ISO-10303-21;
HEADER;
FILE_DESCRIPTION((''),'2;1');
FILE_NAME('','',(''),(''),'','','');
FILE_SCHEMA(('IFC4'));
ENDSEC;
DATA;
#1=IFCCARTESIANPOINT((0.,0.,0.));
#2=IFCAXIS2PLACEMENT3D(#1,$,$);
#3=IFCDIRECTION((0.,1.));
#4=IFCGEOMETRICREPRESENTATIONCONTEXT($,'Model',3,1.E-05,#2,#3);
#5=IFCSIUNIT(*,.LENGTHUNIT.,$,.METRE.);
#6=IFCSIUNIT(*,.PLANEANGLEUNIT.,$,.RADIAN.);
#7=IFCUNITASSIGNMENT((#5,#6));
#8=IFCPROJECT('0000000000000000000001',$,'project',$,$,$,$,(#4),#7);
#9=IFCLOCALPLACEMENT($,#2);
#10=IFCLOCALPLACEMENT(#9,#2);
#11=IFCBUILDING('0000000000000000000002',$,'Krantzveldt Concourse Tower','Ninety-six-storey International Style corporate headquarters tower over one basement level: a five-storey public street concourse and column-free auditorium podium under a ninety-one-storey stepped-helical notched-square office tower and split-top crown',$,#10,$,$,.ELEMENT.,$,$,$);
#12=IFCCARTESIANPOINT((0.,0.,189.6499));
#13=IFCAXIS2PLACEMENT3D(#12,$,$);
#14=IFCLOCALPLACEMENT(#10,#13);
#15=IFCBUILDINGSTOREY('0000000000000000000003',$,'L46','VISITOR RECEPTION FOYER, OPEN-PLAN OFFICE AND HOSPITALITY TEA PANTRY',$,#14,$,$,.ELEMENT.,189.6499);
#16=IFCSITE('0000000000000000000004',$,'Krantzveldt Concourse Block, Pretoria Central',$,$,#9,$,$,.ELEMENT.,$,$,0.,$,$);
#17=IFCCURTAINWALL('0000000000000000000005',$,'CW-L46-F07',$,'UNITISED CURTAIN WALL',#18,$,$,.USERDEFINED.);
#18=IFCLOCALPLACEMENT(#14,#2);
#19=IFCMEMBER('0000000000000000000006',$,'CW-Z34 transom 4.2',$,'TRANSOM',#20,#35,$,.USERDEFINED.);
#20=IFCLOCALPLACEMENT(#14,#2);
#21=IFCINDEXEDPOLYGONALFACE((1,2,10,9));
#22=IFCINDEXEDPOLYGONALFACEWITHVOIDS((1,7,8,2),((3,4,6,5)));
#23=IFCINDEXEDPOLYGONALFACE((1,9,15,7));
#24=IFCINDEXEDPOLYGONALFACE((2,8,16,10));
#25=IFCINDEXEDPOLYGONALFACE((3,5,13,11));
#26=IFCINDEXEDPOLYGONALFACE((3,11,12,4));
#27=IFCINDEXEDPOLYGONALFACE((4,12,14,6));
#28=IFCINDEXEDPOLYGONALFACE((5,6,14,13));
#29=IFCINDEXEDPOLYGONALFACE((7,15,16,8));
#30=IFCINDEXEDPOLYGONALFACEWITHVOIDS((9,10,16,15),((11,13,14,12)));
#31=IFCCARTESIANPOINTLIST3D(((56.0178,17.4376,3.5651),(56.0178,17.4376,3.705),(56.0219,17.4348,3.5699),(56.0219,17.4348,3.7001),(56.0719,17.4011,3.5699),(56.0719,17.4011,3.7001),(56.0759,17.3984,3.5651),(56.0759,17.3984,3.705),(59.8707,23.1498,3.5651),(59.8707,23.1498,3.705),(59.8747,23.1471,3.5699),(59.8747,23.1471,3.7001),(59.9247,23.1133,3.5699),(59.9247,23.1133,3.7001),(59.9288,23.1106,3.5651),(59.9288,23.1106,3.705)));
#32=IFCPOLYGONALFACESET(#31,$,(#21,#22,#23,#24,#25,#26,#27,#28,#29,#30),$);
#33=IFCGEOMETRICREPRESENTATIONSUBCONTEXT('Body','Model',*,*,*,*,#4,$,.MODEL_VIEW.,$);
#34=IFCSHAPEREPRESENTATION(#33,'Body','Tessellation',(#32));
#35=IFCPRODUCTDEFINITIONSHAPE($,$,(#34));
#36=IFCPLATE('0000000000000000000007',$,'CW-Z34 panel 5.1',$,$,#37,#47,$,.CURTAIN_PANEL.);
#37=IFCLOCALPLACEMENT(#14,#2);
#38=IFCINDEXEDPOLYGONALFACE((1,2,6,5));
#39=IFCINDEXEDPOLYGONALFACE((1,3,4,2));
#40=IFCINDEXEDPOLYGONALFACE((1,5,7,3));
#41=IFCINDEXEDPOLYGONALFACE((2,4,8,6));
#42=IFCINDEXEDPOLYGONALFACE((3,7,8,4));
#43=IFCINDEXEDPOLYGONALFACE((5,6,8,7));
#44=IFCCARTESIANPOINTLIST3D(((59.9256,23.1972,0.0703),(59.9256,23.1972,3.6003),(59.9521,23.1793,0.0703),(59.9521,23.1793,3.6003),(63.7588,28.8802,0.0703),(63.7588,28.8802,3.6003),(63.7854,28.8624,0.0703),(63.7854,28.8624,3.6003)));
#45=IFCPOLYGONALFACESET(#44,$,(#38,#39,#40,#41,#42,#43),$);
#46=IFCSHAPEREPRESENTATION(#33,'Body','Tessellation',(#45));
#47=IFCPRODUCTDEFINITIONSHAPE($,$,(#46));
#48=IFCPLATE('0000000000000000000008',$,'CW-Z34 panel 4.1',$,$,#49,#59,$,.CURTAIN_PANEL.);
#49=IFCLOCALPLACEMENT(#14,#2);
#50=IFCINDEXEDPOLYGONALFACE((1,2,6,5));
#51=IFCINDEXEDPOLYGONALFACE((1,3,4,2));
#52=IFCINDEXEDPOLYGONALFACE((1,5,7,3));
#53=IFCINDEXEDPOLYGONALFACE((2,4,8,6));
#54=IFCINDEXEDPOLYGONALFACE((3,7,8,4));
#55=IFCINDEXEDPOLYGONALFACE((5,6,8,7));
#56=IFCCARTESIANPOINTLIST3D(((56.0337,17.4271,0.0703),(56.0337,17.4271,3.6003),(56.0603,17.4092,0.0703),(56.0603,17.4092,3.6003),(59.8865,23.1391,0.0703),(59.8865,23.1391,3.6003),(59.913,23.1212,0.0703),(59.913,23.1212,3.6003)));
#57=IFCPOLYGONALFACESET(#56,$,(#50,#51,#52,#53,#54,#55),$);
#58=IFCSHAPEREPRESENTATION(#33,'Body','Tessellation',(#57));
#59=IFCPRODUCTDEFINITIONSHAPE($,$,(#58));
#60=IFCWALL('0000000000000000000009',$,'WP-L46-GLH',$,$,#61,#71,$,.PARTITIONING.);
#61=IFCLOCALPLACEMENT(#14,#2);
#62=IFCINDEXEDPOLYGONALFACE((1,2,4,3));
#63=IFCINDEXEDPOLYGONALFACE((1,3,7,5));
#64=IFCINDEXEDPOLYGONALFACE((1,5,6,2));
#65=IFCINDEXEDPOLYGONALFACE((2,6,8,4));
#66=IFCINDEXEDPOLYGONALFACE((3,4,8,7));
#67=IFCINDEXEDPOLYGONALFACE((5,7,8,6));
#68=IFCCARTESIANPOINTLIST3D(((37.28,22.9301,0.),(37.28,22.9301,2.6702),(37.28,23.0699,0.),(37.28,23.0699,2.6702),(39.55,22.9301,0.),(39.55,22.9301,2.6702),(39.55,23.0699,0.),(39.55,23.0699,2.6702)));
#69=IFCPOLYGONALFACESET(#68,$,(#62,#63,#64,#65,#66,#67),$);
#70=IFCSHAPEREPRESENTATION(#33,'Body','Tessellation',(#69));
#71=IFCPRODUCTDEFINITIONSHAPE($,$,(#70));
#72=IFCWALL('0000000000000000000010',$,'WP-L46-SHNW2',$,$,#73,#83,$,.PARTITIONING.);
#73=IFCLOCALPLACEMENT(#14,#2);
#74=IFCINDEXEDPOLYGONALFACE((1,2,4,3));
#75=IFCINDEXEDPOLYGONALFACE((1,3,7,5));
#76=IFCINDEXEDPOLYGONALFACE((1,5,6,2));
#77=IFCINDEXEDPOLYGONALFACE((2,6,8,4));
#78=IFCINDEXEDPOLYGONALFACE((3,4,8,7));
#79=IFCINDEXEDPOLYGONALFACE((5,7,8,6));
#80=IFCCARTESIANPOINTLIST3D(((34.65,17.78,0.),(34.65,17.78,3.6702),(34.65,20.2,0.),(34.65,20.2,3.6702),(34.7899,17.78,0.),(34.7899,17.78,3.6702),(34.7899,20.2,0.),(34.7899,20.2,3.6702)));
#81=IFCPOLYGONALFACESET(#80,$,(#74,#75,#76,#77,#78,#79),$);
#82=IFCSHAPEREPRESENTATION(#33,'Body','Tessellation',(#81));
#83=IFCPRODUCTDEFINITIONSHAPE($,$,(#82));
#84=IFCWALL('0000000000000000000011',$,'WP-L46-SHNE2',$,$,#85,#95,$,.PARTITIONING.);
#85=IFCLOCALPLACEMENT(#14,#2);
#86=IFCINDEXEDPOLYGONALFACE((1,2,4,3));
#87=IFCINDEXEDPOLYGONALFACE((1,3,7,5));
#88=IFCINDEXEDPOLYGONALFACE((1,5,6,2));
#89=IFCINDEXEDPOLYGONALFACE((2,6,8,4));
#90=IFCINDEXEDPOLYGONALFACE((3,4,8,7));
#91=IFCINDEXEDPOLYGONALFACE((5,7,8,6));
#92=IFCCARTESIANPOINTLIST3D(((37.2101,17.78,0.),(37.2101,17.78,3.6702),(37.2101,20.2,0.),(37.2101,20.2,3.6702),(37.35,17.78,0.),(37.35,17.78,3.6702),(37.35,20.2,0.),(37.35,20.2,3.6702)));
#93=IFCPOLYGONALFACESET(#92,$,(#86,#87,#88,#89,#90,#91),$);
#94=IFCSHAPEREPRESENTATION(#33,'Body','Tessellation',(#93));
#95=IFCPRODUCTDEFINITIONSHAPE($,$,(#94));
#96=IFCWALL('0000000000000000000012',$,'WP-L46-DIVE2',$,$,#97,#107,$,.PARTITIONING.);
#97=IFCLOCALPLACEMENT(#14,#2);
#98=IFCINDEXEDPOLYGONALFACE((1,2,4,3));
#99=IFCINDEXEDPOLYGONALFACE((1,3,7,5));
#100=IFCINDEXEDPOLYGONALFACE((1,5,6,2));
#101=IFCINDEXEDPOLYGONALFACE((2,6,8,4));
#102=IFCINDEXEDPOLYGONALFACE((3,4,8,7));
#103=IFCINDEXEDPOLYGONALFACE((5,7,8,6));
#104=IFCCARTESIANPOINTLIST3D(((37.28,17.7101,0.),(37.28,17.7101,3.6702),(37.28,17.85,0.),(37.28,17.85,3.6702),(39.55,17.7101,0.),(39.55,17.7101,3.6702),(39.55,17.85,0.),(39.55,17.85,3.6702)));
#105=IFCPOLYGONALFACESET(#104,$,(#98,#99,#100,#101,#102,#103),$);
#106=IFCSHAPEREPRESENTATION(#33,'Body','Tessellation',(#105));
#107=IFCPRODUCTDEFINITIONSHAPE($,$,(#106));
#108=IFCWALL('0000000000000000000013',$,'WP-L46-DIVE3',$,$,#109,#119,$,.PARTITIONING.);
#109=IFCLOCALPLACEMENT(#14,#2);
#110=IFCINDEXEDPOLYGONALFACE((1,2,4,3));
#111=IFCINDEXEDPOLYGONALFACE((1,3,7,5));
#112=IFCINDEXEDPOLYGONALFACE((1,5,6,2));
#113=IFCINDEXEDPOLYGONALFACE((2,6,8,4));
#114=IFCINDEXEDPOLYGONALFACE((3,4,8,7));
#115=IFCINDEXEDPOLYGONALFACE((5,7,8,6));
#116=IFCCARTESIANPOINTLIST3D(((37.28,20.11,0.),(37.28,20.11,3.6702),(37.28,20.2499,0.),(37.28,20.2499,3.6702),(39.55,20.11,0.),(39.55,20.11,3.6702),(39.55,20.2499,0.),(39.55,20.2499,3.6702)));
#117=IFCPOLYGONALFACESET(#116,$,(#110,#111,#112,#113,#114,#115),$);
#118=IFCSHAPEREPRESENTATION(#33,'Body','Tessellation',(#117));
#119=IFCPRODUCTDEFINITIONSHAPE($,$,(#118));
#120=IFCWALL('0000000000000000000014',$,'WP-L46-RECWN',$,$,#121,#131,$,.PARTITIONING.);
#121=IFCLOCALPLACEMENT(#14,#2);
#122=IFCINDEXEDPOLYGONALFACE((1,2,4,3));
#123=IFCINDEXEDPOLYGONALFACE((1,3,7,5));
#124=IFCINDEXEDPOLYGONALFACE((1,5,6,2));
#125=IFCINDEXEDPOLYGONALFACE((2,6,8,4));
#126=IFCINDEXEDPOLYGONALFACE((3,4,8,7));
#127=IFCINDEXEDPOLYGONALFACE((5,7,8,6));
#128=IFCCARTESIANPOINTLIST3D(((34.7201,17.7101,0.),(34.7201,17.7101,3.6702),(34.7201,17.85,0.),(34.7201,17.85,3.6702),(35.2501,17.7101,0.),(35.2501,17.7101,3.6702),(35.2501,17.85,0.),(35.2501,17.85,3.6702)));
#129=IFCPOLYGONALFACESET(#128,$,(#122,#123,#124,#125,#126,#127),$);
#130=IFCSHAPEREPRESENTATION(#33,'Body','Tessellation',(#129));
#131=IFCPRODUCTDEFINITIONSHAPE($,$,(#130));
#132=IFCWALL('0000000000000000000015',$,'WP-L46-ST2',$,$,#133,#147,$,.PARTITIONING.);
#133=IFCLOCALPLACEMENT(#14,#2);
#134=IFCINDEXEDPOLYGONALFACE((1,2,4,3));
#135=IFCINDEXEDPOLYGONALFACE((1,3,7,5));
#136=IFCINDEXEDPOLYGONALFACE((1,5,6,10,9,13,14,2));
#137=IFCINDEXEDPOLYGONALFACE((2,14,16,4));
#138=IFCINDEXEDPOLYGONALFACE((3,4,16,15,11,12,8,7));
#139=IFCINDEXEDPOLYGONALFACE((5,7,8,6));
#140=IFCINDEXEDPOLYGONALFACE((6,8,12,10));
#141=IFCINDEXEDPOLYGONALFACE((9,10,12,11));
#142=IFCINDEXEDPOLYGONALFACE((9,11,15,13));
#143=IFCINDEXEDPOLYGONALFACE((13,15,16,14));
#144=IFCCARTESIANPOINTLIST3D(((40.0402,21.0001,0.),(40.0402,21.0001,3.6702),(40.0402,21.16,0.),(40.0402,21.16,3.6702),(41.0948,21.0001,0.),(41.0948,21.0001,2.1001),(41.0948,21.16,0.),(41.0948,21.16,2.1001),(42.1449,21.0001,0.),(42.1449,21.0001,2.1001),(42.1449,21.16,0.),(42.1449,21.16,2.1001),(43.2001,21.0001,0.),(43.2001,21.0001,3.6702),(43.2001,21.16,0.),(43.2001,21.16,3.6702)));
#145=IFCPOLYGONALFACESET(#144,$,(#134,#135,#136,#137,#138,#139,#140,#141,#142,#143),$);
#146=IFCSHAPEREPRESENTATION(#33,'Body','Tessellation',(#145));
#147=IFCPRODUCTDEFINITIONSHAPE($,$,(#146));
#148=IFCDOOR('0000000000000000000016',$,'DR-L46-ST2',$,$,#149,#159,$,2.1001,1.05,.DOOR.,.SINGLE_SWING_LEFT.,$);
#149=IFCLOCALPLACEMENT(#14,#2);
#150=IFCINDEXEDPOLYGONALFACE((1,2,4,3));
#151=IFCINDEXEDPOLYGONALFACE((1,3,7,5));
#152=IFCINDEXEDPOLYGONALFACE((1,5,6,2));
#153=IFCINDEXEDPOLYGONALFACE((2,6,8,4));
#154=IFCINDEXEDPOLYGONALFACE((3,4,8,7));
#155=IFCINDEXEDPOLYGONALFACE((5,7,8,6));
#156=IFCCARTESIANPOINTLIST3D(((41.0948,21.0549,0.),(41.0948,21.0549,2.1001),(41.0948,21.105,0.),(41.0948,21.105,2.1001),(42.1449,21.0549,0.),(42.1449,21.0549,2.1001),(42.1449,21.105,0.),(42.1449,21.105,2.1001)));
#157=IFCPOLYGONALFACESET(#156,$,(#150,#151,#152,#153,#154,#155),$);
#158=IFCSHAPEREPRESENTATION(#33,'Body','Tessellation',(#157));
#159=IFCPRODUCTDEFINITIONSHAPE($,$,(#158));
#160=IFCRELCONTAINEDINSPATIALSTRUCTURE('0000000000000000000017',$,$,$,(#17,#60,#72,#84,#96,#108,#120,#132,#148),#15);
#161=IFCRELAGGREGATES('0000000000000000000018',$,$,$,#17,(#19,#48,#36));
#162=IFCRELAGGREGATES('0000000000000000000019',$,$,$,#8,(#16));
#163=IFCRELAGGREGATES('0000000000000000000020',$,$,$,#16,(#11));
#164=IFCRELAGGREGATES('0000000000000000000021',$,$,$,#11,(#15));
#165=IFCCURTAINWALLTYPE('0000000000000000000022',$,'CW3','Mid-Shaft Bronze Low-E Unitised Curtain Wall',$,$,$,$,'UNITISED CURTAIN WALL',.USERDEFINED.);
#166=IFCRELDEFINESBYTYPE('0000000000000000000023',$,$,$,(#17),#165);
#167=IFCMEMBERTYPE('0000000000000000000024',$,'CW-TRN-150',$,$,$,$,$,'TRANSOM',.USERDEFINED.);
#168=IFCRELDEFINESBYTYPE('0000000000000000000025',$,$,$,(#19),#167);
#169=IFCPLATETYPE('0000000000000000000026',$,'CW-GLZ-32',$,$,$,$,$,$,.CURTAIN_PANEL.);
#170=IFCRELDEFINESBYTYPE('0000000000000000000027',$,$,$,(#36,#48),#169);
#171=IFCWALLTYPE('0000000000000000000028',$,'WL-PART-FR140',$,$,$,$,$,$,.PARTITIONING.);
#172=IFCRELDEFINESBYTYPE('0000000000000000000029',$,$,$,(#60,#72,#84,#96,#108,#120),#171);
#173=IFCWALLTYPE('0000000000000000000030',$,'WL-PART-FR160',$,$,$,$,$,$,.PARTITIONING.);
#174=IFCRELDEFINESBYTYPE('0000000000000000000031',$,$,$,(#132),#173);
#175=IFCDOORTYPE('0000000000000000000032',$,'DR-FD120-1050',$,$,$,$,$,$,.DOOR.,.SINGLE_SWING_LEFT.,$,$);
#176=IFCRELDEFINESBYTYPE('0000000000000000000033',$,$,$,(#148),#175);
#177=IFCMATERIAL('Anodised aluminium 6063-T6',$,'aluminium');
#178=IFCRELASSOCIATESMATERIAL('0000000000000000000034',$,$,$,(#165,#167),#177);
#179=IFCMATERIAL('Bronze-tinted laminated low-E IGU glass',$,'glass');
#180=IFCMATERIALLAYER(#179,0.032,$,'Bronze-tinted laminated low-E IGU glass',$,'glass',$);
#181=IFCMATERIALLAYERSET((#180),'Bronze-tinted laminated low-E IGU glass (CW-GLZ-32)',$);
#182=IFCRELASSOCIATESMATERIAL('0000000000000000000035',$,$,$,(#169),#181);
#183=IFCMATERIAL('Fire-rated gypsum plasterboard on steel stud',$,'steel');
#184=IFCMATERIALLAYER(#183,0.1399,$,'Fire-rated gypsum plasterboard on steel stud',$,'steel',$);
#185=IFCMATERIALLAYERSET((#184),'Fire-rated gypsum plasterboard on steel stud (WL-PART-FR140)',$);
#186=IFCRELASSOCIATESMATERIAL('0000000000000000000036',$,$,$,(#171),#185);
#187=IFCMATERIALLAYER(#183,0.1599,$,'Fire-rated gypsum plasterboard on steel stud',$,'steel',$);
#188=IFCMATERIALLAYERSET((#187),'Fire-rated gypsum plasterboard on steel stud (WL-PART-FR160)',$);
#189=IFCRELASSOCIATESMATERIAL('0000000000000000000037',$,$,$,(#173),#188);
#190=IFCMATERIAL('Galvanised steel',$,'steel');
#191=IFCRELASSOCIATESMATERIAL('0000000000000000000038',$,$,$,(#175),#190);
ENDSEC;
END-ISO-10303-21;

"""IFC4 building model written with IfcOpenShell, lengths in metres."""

from ifc_helpers import new_model, si_unit, direction, frame, frame_2d, origin, origin_2d, place, context, subcontext, project, spatial, rectangle, hollow_rectangle, extrude, source, transform, mapped, material, layer, layer_set, material_profile, profile_set, type_object, type_shapes, element, fill, aggregate, save


model = new_model("IFC4")

# Units and contexts
model_context = context("Model", 3, precision=1e-05, world=origin(), true_north=direction((0.0, 1.0)))
body_context = subcontext(model_context, "Body", "Model", "MODEL_VIEW")
ifc_project = project(units=[si_unit("LENGTHUNIT", "METRE"), si_unit("PLANEANGLEUNIT", "RADIAN")], contexts=[model_context])

# Site, building, storey
site_placement = place(None, origin())
site = spatial("IfcSite", under=ifc_project, at=site_placement, Name="Krantzveldt Concourse Block, Pretoria Central", CompositionType="ELEMENT", RefElevation=0.0)
building_placement = place(site_placement, origin())
building = spatial("IfcBuilding", under=site, at=building_placement, Name="Krantzveldt Concourse Tower", Description="Ninety-six-storey International Style corporate headquarters tower over one basement level: a five-storey public street concourse and column-free auditorium podium under a ninety-one-storey stepped-helical notched-square office tower and split-top crown", CompositionType="ELEMENT")
storey_placement = place(building_placement, frame((0.0, 0.0, 189.6499)))
storey = spatial("IfcBuildingStorey", under=building, at=storey_placement, Name="L46", Description="VISITOR RECEPTION FOYER, OPEN-PLAN OFFICE AND HOSPITALITY TEA PANTRY", CompositionType="ELEMENT", Elevation=189.6499)

# Curtain wall, member, plates
ifc_material_1 = material(Name="Anodised aluminium 6063-T6", Category="aluminium")
curtain_wall_type = type_object("IfcCurtainWallType", Name="CW3", Description="Mid-Shaft Bronze Low-E Unitised Curtain Wall", ElementType="UNITISED CURTAIN WALL", PredefinedType="USERDEFINED", material=ifc_material_1)
curtain_wall_placement = place(storey_placement, origin())
curtain_wall = element("IfcCurtainWall", 1, at=curtain_wall_placement, inside=storey, type_object=curtain_wall_type, Name="CW-L46-F07", ObjectType="UNITISED CURTAIN WALL", PredefinedType="USERDEFINED")
ifc_material_profile_1 = material_profile(ifc_material_1, hollow_rectangle(XDim=0.0701, YDim=0.1399, WallThickness=0.0049, at=origin_2d()), Name="Anodised aluminium 6063-T6", Category="aluminium")
ifc_profile_set_1 = profile_set([ifc_material_profile_1], Name="Anodised aluminium 6063-T6 - ALU-TRAN 140x70x5")
member_type_1 = type_object("IfcMemberType", Name="CW-TRN-150", ElementType="TRANSOM", PredefinedType="USERDEFINED", material=ifc_profile_set_1)
shared_shape_1 = source(origin(), body_context, "Body", "SweptSolid", [
    extrude(hollow_rectangle(XDim=0.0701, YDim=0.1399, WallThickness=0.0049, at=origin_2d()), origin(), (0.0, 0.0, 1.0), 6.8901),
])
member_1_placement = place(storey_placement, frame((56.0469, 17.418, 3.635), z_axis=(0.559181, 0.829045, 0.0), x_axis=(-0.829045, 0.559181, 0.0)))
member_1 = element("IfcMember", 2, at=member_1_placement, type_object=member_type_1, Name="CW-Z34 transom 4.2", ObjectType="TRANSOM", PredefinedType="USERDEFINED", context=body_context, shape_type="MappedRepresentation", body=[
    mapped(shared_shape_1, transform((0.0, 0.0, 0.0), x_axis=(1.0, 0.0, 0.0), y_axis=(0.0, 1.0, 0.0), z_axis=(0.0, 0.0, 1.0), scale=1.0)),
])
ifc_material_2 = material(Name="Bronze-tinted laminated low-E IGU glass", Category="glass")
ifc_layer_1 = layer(ifc_material_2, 0.032, Name="Bronze-tinted laminated low-E IGU glass", Category="glass")
ifc_layer_set_1 = layer_set([ifc_layer_1], Name="Bronze-tinted laminated low-E IGU glass (CW-GLZ-32)")
plate_type = type_object("IfcPlateType", Name="CW-GLZ-32", PredefinedType="CURTAIN_PANEL", material=ifc_layer_set_1)
shared_shape_2 = source(origin(), body_context, "Body", "SweptSolid", [
    extrude(rectangle(XDim=6.855, YDim=0.032, at=origin_2d()), origin(), (0.0, 0.0, 1.0), 3.53),
])
plate_1_placement = place(storey_placement, frame((61.8555, 26.0298, 0.0703), z_axis=(0.0, 0.0, 1.0), x_axis=(0.559193, 0.829038, 0.0)))
plate_1 = element("IfcPlate", 3, at=plate_1_placement, type_object=plate_type, Name="CW-Z34 panel 5.1", PredefinedType="CURTAIN_PANEL", context=body_context, shape_type="MappedRepresentation", body=[
    mapped(shared_shape_2, transform((0.0, 0.0, 0.0), x_axis=(1.0, 0.0, 0.0), y_axis=(0.0, 1.0, 0.0), z_axis=(0.0, 0.0, 1.0), scale=1.0)),
])
shared_shape_3 = source(origin(), body_context, "Body", "SweptSolid", [
    extrude(rectangle(XDim=6.8899, YDim=0.032, at=origin_2d()), origin(), (0.0, 0.0, 1.0), 3.53),
])
type_shapes(plate_type, [shared_shape_2, shared_shape_3])
plate_2_placement = place(storey_placement, frame((57.9734, 20.2742, 0.0703), z_axis=(0.0, 0.0, 1.0), x_axis=(0.559193, 0.829038, 0.0)))
plate_2 = element("IfcPlate", 4, at=plate_2_placement, type_object=plate_type, Name="CW-Z34 panel 4.1", PredefinedType="CURTAIN_PANEL", context=body_context, shape_type="MappedRepresentation", body=[
    mapped(shared_shape_3, transform((0.0, 0.0, 0.0), x_axis=(1.0, 0.0, 0.0), y_axis=(0.0, 1.0, 0.0), z_axis=(0.0, 0.0, 1.0), scale=1.0)),
])
aggregate(curtain_wall, [member_1, plate_2, plate_1])

# Shared definitions
ifc_material_3 = material(Name="Fire-rated gypsum plasterboard on steel stud", Category="steel")
ifc_layer_2 = layer(ifc_material_3, 0.1399, Name="Fire-rated gypsum plasterboard on steel stud", Category="steel")
ifc_layer_set_2 = layer_set([ifc_layer_2], Name="Fire-rated gypsum plasterboard on steel stud (WL-PART-FR140)")
wall_type_1 = type_object("IfcWallType", Name="WL-PART-FR140", PredefinedType="PARTITIONING", material=ifc_layer_set_2)

# Walls
wall_1_placement = place(storey_placement, frame((37.28, 23.0, 0.0), z_axis=(0.0, 0.0, 1.0), x_axis=(1.0, 0.0, 0.0)))
element("IfcWall", 5, at=wall_1_placement, inside=storey, type_object=wall_type_1, Name="WP-L46-GLH", PredefinedType="PARTITIONING", context=body_context, shape_type="SweptSolid", body=[
    extrude(rectangle(XDim=2.27, YDim=0.1399, at=frame_2d((1.135, 0.0))), origin(), (0.0, 0.0, 1.0), 2.6702),
])
for number, where, z_axis, x_axis, name in (
    (6, (34.72, 17.78, 0.0), (0.0, 0.0, 1.0), (0.0, 1.0, 0.0), "WP-L46-SHNW2"),
    (7, (37.28, 17.78, 0.0), (0.0, 0.0, 1.0), (0.0, 1.0, 0.0), "WP-L46-SHNE2"),
):
    element("IfcWall", number, at=place(storey_placement, frame(where, z_axis=z_axis, x_axis=x_axis)), inside=storey, type_object=wall_type_1, Name=name, PredefinedType="PARTITIONING", context=body_context, shape_type="SweptSolid", body=[
        extrude(rectangle(XDim=2.4199, YDim=0.1399, at=frame_2d((1.21, 0.0))), origin(), (0.0, 0.0, 1.0), 3.6702),
    ])
for number, where, z_axis, x_axis, name in (
    (8, (37.28, 17.78, 0.0), (0.0, 0.0, 1.0), (1.0, 0.0, 0.0), "WP-L46-DIVE2"),
    (9, (37.28, 20.1799, 0.0), (0.0, 0.0, 1.0), (1.0, 0.0, 0.0), "WP-L46-DIVE3"),
):
    element("IfcWall", number, at=place(storey_placement, frame(where, z_axis=z_axis, x_axis=x_axis)), inside=storey, type_object=wall_type_1, Name=name, PredefinedType="PARTITIONING", context=body_context, shape_type="SweptSolid", body=[
        extrude(rectangle(XDim=2.27, YDim=0.1399, at=frame_2d((1.135, 0.0))), origin(), (0.0, 0.0, 1.0), 3.6702),
    ])
wall_2_placement = place(storey_placement, frame((34.72, 17.78, 0.0), z_axis=(0.0, 0.0, 1.0), x_axis=(1.0, 0.0, 0.0)))
element("IfcWall", 10, at=wall_2_placement, inside=storey, type_object=wall_type_1, Name="WP-L46-RECWN", PredefinedType="PARTITIONING", context=body_context, shape_type="SweptSolid", body=[
    extrude(rectangle(XDim=0.53, YDim=0.1399, at=frame_2d((0.2651, 0.0))), origin(), (0.0, 0.0, 1.0), 3.6702),
])

# Wall, opening, door
ifc_layer_3 = layer(ifc_material_3, 0.1599, Name="Fire-rated gypsum plasterboard on steel stud", Category="steel")
ifc_layer_set_3 = layer_set([ifc_layer_3], Name="Fire-rated gypsum plasterboard on steel stud (WL-PART-FR160)")
wall_type_2 = type_object("IfcWallType", Name="WL-PART-FR160", PredefinedType="PARTITIONING", material=ifc_layer_set_3)
wall_3_placement = place(storey_placement, frame((40.04, 21.0801, 0.0), z_axis=(0.0, 0.0, 1.0), x_axis=(1.0, 0.0, 0.0)))
wall_3 = element("IfcWall", 11, at=wall_3_placement, inside=storey, type_object=wall_type_2, Name="WP-L46-ST2", PredefinedType="PARTITIONING", context=body_context, shape_type="SweptSolid", body=[
    extrude(rectangle(XDim=3.1599, YDim=0.1599, at=frame_2d((1.5801, 0.0))), origin(), (0.0, 0.0, 1.0), 3.6702),
])
opening_1_placement = place(wall_3_placement, frame((1.0549, 0.0, 0.0)))
opening_1 = element("IfcOpeningElement", 12, at=opening_1_placement, cuts=wall_3, PredefinedType="OPENING", context=body_context, shape_type="SweptSolid", body=[
    extrude(rectangle(XDim=1.05, YDim=2.1001, at=frame_2d((0.5249, 1.05))), frame((0.0, 0.0898, 0.0), z_axis=(0.0, -1.0, 0.0), x_axis=(1.0, 0.0, 0.0)), (0.0, 0.0, 1.0), 0.1799),
])
ifc_material_4 = material(Name="Galvanised steel", Category="steel")
door_type_1 = type_object("IfcDoorType", Name="DR-FD120-1050", OperationType="SINGLE_SWING_LEFT", PredefinedType="DOOR", material=ifc_material_4)
door_1_placement = place(opening_1_placement, origin())
door_1 = element("IfcDoor", 13, at=door_1_placement, inside=storey, type_object=door_type_1, Name="DR-L46-ST2", OperationType="SINGLE_SWING_LEFT", OverallHeight=2.1001, OverallWidth=1.05, PredefinedType="DOOR", context=body_context, shape_type="SweptSolid", body=[
    extrude(rectangle(XDim=1.05, YDim=2.1001, at=frame_2d((0.5249, 1.05))), frame((0.0, 0.0249, 0.0), z_axis=(0.0, -1.0, 0.0), x_axis=(1.0, 0.0, 0.0)), (0.0, 0.0, 1.0), 0.05),
])
fill(opening_1, door_1)

save(model, "model.ifc")
